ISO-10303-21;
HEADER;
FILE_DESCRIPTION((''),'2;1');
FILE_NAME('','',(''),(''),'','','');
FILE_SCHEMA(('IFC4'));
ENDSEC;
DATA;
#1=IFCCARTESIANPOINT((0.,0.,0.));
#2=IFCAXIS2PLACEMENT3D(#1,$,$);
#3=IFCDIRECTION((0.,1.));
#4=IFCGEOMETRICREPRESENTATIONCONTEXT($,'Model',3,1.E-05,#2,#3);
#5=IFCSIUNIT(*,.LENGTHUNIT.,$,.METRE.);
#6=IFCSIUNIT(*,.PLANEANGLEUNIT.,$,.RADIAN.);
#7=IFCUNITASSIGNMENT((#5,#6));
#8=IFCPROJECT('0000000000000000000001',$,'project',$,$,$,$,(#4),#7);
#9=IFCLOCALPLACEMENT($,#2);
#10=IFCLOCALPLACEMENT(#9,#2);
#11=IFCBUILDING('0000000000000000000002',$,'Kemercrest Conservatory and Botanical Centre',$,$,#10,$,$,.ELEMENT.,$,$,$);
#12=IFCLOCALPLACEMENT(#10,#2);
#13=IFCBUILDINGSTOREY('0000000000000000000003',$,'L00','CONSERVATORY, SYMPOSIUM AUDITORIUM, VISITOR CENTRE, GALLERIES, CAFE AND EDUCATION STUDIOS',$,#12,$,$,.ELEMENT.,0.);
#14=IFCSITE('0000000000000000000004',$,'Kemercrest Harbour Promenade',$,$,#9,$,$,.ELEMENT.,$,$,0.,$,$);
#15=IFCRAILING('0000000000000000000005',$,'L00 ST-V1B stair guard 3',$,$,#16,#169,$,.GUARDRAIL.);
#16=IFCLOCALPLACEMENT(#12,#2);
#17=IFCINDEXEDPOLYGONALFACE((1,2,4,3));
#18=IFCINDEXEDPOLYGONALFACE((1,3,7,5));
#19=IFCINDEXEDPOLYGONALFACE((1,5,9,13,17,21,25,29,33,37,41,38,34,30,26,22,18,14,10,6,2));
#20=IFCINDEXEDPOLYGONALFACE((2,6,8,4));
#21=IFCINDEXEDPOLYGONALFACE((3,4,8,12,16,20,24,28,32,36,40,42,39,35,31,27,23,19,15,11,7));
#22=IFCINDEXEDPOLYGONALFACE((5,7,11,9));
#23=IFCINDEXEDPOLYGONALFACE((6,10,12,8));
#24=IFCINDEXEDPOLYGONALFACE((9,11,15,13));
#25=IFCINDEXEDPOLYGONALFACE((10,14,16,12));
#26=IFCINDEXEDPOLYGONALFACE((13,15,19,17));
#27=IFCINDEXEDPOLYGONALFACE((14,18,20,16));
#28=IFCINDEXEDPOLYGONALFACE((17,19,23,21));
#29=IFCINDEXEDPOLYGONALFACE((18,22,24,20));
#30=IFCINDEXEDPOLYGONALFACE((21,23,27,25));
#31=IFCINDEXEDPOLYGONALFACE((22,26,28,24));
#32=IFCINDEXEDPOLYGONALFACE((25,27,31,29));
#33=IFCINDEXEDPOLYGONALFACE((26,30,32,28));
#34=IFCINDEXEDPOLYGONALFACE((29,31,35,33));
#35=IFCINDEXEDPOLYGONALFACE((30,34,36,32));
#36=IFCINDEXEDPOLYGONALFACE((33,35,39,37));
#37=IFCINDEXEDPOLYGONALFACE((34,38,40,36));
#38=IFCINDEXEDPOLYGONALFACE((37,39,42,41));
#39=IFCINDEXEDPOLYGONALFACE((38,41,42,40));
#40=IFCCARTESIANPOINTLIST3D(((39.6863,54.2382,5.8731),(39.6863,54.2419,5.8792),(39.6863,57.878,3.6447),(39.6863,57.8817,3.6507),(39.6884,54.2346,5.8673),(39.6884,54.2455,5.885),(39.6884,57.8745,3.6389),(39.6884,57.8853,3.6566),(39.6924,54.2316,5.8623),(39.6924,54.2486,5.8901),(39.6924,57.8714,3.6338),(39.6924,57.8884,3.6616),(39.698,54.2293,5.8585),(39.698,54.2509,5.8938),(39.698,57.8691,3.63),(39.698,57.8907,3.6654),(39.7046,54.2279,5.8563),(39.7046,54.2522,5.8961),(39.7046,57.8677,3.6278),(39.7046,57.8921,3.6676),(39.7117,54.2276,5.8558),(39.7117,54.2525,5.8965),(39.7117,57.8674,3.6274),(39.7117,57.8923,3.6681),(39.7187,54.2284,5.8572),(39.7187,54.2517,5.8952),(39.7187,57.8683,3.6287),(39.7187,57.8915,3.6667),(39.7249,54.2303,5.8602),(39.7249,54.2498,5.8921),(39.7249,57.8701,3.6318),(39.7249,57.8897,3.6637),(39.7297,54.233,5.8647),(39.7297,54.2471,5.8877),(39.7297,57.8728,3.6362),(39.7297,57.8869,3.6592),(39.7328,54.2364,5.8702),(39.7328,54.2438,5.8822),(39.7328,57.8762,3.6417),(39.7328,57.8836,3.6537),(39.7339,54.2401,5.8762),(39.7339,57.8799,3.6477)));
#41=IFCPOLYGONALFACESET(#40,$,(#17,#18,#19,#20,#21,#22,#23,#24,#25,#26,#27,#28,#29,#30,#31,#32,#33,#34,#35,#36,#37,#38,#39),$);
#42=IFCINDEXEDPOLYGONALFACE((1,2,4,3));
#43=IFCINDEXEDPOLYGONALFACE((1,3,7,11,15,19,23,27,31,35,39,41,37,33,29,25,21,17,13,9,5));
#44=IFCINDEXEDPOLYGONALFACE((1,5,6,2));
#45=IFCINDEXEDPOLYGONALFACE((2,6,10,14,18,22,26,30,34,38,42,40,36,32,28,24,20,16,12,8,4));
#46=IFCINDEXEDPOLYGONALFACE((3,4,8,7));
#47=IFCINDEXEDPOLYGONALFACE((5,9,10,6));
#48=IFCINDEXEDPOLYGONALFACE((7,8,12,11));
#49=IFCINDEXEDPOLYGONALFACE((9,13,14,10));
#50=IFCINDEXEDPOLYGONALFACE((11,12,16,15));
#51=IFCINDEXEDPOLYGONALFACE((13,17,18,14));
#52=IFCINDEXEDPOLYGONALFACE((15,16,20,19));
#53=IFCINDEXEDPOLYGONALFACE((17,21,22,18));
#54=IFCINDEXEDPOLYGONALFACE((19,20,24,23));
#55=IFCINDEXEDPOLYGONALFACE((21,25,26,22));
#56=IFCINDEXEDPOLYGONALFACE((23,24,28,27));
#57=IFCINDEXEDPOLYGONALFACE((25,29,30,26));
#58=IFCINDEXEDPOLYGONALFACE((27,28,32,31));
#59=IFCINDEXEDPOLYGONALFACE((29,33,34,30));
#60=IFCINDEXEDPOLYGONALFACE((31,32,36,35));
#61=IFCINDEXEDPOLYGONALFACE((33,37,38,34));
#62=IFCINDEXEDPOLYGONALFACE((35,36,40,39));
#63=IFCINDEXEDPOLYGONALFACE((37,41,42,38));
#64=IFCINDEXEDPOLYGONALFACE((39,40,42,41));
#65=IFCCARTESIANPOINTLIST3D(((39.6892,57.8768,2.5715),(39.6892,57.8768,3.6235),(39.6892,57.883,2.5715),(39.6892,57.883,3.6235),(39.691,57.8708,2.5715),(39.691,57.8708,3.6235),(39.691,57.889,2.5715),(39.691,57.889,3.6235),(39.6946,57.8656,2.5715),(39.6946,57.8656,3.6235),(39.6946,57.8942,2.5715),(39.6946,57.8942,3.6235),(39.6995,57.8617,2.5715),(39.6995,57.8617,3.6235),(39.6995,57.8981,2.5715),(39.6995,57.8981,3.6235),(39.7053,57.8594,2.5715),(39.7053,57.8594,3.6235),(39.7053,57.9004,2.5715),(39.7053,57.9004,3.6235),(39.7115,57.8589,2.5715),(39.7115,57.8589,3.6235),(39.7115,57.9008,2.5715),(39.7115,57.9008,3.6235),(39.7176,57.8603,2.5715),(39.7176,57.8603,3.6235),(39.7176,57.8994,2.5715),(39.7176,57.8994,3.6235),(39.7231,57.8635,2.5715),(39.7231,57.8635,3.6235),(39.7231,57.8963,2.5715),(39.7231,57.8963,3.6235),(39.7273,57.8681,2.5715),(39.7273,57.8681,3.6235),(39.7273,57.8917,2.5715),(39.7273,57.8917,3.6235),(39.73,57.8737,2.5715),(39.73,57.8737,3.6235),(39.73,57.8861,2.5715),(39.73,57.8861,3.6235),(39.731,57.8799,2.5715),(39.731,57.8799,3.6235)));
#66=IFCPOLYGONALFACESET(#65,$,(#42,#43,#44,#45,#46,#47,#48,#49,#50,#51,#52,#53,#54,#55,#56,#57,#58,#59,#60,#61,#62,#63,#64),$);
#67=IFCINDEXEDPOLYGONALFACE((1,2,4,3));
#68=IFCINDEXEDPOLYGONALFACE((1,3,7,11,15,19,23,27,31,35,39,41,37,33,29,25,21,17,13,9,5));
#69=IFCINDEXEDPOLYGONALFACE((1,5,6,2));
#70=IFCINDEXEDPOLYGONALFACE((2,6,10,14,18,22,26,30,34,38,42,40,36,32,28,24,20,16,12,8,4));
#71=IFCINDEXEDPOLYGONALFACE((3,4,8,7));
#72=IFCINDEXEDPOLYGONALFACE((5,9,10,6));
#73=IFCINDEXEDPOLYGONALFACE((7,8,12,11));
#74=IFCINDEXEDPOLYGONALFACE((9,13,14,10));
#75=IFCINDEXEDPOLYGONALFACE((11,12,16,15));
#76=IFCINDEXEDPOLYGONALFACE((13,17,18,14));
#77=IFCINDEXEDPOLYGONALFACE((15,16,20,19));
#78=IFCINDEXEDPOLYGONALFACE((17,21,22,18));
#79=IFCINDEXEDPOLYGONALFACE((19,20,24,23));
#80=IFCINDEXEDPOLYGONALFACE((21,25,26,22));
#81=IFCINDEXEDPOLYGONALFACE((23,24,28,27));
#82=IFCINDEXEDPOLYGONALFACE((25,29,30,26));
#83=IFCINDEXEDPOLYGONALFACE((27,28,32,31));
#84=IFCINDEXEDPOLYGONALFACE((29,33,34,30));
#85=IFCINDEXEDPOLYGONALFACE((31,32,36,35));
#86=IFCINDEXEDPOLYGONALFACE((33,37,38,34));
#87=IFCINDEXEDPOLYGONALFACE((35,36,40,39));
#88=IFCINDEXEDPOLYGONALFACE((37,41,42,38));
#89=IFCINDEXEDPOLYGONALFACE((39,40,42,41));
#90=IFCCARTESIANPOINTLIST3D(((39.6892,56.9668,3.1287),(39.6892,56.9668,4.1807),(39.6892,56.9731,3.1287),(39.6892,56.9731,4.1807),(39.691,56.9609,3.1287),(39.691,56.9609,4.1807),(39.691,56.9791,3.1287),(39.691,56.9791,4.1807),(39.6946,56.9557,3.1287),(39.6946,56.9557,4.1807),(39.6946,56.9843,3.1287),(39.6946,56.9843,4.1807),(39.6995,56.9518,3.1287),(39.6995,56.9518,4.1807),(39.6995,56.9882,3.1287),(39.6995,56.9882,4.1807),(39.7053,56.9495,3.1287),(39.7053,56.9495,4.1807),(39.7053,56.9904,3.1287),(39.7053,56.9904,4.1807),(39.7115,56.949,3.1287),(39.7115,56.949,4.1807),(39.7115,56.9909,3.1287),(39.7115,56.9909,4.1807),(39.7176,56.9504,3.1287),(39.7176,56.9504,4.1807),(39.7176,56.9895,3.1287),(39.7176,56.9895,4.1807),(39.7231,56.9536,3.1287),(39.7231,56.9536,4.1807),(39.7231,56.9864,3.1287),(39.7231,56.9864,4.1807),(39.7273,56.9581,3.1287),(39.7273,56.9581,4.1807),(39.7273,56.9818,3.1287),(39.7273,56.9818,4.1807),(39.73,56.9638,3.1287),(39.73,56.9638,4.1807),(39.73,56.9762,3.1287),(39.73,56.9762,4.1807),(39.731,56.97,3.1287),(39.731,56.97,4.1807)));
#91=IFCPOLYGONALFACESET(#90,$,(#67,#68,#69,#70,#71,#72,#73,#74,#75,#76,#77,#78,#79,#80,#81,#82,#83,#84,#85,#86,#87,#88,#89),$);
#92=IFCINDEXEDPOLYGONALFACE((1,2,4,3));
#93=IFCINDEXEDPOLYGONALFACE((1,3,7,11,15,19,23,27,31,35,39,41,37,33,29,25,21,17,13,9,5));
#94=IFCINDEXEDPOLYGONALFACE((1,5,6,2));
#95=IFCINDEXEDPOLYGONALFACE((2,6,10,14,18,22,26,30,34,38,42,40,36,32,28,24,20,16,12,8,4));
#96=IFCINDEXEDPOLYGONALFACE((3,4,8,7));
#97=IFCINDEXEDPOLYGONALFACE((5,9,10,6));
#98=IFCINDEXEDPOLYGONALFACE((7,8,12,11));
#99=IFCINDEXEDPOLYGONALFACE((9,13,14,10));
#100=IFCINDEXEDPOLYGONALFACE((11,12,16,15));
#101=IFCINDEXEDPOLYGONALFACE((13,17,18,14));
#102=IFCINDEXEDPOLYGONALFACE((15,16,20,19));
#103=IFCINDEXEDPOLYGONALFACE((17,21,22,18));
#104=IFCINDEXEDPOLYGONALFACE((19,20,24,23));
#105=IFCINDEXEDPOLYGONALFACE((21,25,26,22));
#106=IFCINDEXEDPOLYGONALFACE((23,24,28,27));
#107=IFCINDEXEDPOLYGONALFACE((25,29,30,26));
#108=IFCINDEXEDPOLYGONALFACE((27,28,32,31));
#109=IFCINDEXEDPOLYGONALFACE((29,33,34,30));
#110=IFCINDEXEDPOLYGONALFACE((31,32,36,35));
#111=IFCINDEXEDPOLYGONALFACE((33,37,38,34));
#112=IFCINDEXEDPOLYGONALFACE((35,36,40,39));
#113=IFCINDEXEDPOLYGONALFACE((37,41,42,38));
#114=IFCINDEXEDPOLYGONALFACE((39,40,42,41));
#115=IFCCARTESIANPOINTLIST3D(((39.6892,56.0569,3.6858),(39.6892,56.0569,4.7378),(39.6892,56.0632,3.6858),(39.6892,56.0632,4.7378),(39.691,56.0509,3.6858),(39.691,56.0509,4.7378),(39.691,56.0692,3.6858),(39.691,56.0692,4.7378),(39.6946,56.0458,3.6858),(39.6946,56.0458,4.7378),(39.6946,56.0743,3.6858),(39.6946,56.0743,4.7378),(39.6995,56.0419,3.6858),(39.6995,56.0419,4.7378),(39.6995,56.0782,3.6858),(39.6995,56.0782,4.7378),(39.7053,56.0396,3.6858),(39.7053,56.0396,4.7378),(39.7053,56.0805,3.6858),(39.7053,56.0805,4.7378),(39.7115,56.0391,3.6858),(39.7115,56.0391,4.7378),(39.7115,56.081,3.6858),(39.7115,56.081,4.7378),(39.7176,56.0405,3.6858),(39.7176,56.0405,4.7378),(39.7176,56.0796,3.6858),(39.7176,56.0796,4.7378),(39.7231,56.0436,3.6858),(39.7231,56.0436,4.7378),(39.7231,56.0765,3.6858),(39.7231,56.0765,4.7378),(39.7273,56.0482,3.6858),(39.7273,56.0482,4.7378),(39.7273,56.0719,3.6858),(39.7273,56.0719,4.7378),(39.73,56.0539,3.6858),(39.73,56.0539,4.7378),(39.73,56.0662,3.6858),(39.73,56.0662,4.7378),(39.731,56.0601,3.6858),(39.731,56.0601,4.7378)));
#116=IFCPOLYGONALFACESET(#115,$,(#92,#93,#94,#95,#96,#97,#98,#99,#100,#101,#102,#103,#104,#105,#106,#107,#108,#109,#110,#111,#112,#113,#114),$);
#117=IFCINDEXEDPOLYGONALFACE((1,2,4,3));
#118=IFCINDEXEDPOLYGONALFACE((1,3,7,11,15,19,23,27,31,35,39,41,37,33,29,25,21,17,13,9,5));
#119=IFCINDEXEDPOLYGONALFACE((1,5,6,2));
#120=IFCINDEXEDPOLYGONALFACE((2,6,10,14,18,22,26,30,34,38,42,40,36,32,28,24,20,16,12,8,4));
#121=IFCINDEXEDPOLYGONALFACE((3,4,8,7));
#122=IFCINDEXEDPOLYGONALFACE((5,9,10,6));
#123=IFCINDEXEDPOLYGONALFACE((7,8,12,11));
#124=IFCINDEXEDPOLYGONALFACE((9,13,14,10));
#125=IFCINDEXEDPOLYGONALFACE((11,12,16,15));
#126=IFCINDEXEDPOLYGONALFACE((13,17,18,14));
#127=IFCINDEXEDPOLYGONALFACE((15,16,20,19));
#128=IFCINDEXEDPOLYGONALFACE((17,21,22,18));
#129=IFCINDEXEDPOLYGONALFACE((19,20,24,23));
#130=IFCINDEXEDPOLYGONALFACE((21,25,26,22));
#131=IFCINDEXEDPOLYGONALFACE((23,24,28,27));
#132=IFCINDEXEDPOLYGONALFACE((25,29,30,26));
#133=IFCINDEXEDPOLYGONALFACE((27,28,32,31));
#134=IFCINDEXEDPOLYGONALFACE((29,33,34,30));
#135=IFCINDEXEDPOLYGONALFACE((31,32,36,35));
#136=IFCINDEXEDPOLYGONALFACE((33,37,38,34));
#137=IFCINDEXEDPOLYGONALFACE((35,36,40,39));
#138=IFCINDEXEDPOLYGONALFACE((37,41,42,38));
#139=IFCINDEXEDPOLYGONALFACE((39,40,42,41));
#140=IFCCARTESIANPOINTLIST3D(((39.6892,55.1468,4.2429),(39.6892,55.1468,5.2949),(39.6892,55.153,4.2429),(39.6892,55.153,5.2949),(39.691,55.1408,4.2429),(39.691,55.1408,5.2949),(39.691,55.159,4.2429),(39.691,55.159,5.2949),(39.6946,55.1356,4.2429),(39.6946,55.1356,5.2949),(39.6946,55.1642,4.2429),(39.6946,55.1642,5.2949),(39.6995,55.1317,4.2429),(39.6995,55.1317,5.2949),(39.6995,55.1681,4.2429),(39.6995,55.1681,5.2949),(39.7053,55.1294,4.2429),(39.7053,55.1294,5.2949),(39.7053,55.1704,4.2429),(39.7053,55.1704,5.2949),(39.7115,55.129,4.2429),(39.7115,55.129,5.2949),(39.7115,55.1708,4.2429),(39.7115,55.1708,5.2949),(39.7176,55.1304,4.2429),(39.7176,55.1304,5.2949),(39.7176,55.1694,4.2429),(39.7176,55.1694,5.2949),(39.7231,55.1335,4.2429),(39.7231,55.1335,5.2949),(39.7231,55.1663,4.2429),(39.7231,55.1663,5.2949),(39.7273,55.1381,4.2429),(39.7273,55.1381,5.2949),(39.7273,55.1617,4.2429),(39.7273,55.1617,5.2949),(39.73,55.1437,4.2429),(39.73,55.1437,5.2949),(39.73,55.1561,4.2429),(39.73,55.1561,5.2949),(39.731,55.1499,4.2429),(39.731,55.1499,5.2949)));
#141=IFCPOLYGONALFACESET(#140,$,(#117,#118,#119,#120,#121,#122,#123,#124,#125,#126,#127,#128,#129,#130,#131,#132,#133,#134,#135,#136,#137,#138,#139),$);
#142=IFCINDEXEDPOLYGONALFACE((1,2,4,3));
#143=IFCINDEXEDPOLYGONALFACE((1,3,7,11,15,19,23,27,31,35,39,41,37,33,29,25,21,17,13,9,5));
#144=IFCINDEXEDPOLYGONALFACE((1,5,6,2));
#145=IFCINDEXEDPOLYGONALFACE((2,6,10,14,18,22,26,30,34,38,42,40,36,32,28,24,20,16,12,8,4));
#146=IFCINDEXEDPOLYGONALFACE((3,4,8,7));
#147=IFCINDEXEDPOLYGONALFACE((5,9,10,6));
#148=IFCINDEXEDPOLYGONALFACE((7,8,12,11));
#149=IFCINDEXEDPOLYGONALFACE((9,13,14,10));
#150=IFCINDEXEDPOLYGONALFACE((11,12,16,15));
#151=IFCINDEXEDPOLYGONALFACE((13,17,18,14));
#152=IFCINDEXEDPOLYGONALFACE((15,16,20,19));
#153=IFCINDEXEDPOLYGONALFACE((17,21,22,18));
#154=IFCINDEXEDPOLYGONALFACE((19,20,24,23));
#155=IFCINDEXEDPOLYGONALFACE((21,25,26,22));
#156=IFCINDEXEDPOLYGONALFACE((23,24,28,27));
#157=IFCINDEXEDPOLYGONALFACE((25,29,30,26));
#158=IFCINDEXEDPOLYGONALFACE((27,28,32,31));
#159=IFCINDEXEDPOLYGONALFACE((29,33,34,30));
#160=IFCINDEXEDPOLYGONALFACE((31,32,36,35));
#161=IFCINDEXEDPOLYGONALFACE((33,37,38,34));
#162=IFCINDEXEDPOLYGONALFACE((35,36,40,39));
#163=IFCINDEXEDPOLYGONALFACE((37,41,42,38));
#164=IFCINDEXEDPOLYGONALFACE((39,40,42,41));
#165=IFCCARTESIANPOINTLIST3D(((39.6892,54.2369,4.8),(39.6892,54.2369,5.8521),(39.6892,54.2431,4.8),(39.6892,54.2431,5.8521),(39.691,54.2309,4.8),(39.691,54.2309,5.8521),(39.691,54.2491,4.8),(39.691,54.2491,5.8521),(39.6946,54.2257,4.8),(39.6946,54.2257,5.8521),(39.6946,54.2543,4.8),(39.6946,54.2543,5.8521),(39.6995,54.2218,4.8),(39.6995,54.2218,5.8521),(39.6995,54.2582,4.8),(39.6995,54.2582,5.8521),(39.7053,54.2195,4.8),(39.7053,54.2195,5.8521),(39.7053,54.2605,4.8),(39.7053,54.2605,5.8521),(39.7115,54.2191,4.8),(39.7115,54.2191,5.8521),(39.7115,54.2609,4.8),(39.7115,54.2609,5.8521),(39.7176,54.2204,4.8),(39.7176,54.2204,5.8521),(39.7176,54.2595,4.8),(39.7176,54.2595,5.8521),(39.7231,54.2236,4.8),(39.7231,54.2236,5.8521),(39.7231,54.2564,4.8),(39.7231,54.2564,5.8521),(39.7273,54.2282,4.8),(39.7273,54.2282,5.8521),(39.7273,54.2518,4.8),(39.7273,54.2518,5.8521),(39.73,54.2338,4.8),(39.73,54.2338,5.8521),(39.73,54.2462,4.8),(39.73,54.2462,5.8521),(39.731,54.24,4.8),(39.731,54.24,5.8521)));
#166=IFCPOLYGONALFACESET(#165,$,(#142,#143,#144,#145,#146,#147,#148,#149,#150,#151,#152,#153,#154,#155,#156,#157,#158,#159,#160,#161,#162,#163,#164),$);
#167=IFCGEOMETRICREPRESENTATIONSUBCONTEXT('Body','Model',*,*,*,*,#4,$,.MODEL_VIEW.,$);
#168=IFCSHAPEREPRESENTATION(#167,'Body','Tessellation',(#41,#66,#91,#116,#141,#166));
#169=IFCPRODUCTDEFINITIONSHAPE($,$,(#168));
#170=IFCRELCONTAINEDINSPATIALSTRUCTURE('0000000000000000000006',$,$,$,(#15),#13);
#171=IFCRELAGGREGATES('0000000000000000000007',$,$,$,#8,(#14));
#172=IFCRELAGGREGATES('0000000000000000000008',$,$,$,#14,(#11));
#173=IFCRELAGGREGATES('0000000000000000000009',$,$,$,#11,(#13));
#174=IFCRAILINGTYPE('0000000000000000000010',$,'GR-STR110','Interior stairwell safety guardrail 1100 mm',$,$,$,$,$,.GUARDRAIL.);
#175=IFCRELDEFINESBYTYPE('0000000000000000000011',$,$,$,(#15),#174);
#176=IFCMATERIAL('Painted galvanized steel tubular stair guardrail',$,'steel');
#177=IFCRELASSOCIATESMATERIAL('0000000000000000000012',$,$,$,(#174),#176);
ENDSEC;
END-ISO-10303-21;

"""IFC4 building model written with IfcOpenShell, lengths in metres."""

from ifc_helpers import new_model, si_unit, direction, frame, origin, origin_2d, place, context, subcontext, project, spatial, circle, extrude, material, type_object, element, save


model = new_model("IFC4")

# Units and contexts
model_context = context("Model", 3, precision=1e-05, world=origin(), true_north=direction((0.0, 1.0)))
body_context = subcontext(model_context, "Body", "Model", "MODEL_VIEW")
ifc_project = project(units=[si_unit("LENGTHUNIT", "METRE"), si_unit("PLANEANGLEUNIT", "RADIAN")], contexts=[model_context])

# Site, building, storey
site_placement = place(None, origin())
site = spatial("IfcSite", under=ifc_project, at=site_placement, Name="Kemercrest Harbour Promenade", CompositionType="ELEMENT", RefElevation=0.0)
building_placement = place(site_placement, origin())
building = spatial("IfcBuilding", under=site, at=building_placement, Name="Kemercrest Conservatory and Botanical Centre", CompositionType="ELEMENT")
storey_placement = place(building_placement, origin())
storey = spatial("IfcBuildingStorey", under=building, at=storey_placement, Name="L00", Description="CONSERVATORY, SYMPOSIUM AUDITORIUM, VISITOR CENTRE, GALLERIES, CAFE AND EDUCATION STUDIOS", CompositionType="ELEMENT", Elevation=0.0)

# Railing
ifc_material_1 = material(Name="Painted galvanized steel tubular stair guardrail", Category="steel")
railing_type_1 = type_object("IfcRailingType", Name="GR-STR110", Description="Interior stairwell safety guardrail 1100 mm", PredefinedType="GUARDRAIL", material=ifc_material_1)
railing_1_placement = place(storey_placement, frame((39.71, 57.8799, 2.5715)))
element("IfcRailing", 1, at=railing_1_placement, inside=storey, type_object=railing_type_1, Name="L00 ST-V1B stair guard 3", PredefinedType="GUARDRAIL", context=body_context, shape_type="SweptSolid", body=[
    extrude(circle(Radius=0.0239, at=origin_2d()), frame((0.0, 0.0, 1.0762), z_axis=(0.0, -0.85285, 0.522156), x_axis=(1.0, 0.0, 0.0)), (0.0, 0.0, 1.0), 4.2678),
    extrude(circle(Radius=0.021, at=origin_2d()), origin(), (0.0, 0.0, 1.0), 1.052),
    extrude(circle(Radius=0.021, at=origin_2d()), frame((0.0, -0.9099, 0.5571)), (0.0, 0.0, 1.0), 1.052),
    extrude(circle(Radius=0.021, at=origin_2d()), frame((0.0, -1.8198, 1.1143)), (0.0, 0.0, 1.0), 1.052),
    extrude(circle(Radius=0.021, at=origin_2d()), frame((0.0, -2.73, 1.6714)), (0.0, 0.0, 1.0), 1.052),
    extrude(circle(Radius=0.021, at=origin_2d()), frame((0.0, -3.6399, 2.2285)), (0.0, 0.0, 1.0), 1.052),
])

save(model, "model.ifc")
